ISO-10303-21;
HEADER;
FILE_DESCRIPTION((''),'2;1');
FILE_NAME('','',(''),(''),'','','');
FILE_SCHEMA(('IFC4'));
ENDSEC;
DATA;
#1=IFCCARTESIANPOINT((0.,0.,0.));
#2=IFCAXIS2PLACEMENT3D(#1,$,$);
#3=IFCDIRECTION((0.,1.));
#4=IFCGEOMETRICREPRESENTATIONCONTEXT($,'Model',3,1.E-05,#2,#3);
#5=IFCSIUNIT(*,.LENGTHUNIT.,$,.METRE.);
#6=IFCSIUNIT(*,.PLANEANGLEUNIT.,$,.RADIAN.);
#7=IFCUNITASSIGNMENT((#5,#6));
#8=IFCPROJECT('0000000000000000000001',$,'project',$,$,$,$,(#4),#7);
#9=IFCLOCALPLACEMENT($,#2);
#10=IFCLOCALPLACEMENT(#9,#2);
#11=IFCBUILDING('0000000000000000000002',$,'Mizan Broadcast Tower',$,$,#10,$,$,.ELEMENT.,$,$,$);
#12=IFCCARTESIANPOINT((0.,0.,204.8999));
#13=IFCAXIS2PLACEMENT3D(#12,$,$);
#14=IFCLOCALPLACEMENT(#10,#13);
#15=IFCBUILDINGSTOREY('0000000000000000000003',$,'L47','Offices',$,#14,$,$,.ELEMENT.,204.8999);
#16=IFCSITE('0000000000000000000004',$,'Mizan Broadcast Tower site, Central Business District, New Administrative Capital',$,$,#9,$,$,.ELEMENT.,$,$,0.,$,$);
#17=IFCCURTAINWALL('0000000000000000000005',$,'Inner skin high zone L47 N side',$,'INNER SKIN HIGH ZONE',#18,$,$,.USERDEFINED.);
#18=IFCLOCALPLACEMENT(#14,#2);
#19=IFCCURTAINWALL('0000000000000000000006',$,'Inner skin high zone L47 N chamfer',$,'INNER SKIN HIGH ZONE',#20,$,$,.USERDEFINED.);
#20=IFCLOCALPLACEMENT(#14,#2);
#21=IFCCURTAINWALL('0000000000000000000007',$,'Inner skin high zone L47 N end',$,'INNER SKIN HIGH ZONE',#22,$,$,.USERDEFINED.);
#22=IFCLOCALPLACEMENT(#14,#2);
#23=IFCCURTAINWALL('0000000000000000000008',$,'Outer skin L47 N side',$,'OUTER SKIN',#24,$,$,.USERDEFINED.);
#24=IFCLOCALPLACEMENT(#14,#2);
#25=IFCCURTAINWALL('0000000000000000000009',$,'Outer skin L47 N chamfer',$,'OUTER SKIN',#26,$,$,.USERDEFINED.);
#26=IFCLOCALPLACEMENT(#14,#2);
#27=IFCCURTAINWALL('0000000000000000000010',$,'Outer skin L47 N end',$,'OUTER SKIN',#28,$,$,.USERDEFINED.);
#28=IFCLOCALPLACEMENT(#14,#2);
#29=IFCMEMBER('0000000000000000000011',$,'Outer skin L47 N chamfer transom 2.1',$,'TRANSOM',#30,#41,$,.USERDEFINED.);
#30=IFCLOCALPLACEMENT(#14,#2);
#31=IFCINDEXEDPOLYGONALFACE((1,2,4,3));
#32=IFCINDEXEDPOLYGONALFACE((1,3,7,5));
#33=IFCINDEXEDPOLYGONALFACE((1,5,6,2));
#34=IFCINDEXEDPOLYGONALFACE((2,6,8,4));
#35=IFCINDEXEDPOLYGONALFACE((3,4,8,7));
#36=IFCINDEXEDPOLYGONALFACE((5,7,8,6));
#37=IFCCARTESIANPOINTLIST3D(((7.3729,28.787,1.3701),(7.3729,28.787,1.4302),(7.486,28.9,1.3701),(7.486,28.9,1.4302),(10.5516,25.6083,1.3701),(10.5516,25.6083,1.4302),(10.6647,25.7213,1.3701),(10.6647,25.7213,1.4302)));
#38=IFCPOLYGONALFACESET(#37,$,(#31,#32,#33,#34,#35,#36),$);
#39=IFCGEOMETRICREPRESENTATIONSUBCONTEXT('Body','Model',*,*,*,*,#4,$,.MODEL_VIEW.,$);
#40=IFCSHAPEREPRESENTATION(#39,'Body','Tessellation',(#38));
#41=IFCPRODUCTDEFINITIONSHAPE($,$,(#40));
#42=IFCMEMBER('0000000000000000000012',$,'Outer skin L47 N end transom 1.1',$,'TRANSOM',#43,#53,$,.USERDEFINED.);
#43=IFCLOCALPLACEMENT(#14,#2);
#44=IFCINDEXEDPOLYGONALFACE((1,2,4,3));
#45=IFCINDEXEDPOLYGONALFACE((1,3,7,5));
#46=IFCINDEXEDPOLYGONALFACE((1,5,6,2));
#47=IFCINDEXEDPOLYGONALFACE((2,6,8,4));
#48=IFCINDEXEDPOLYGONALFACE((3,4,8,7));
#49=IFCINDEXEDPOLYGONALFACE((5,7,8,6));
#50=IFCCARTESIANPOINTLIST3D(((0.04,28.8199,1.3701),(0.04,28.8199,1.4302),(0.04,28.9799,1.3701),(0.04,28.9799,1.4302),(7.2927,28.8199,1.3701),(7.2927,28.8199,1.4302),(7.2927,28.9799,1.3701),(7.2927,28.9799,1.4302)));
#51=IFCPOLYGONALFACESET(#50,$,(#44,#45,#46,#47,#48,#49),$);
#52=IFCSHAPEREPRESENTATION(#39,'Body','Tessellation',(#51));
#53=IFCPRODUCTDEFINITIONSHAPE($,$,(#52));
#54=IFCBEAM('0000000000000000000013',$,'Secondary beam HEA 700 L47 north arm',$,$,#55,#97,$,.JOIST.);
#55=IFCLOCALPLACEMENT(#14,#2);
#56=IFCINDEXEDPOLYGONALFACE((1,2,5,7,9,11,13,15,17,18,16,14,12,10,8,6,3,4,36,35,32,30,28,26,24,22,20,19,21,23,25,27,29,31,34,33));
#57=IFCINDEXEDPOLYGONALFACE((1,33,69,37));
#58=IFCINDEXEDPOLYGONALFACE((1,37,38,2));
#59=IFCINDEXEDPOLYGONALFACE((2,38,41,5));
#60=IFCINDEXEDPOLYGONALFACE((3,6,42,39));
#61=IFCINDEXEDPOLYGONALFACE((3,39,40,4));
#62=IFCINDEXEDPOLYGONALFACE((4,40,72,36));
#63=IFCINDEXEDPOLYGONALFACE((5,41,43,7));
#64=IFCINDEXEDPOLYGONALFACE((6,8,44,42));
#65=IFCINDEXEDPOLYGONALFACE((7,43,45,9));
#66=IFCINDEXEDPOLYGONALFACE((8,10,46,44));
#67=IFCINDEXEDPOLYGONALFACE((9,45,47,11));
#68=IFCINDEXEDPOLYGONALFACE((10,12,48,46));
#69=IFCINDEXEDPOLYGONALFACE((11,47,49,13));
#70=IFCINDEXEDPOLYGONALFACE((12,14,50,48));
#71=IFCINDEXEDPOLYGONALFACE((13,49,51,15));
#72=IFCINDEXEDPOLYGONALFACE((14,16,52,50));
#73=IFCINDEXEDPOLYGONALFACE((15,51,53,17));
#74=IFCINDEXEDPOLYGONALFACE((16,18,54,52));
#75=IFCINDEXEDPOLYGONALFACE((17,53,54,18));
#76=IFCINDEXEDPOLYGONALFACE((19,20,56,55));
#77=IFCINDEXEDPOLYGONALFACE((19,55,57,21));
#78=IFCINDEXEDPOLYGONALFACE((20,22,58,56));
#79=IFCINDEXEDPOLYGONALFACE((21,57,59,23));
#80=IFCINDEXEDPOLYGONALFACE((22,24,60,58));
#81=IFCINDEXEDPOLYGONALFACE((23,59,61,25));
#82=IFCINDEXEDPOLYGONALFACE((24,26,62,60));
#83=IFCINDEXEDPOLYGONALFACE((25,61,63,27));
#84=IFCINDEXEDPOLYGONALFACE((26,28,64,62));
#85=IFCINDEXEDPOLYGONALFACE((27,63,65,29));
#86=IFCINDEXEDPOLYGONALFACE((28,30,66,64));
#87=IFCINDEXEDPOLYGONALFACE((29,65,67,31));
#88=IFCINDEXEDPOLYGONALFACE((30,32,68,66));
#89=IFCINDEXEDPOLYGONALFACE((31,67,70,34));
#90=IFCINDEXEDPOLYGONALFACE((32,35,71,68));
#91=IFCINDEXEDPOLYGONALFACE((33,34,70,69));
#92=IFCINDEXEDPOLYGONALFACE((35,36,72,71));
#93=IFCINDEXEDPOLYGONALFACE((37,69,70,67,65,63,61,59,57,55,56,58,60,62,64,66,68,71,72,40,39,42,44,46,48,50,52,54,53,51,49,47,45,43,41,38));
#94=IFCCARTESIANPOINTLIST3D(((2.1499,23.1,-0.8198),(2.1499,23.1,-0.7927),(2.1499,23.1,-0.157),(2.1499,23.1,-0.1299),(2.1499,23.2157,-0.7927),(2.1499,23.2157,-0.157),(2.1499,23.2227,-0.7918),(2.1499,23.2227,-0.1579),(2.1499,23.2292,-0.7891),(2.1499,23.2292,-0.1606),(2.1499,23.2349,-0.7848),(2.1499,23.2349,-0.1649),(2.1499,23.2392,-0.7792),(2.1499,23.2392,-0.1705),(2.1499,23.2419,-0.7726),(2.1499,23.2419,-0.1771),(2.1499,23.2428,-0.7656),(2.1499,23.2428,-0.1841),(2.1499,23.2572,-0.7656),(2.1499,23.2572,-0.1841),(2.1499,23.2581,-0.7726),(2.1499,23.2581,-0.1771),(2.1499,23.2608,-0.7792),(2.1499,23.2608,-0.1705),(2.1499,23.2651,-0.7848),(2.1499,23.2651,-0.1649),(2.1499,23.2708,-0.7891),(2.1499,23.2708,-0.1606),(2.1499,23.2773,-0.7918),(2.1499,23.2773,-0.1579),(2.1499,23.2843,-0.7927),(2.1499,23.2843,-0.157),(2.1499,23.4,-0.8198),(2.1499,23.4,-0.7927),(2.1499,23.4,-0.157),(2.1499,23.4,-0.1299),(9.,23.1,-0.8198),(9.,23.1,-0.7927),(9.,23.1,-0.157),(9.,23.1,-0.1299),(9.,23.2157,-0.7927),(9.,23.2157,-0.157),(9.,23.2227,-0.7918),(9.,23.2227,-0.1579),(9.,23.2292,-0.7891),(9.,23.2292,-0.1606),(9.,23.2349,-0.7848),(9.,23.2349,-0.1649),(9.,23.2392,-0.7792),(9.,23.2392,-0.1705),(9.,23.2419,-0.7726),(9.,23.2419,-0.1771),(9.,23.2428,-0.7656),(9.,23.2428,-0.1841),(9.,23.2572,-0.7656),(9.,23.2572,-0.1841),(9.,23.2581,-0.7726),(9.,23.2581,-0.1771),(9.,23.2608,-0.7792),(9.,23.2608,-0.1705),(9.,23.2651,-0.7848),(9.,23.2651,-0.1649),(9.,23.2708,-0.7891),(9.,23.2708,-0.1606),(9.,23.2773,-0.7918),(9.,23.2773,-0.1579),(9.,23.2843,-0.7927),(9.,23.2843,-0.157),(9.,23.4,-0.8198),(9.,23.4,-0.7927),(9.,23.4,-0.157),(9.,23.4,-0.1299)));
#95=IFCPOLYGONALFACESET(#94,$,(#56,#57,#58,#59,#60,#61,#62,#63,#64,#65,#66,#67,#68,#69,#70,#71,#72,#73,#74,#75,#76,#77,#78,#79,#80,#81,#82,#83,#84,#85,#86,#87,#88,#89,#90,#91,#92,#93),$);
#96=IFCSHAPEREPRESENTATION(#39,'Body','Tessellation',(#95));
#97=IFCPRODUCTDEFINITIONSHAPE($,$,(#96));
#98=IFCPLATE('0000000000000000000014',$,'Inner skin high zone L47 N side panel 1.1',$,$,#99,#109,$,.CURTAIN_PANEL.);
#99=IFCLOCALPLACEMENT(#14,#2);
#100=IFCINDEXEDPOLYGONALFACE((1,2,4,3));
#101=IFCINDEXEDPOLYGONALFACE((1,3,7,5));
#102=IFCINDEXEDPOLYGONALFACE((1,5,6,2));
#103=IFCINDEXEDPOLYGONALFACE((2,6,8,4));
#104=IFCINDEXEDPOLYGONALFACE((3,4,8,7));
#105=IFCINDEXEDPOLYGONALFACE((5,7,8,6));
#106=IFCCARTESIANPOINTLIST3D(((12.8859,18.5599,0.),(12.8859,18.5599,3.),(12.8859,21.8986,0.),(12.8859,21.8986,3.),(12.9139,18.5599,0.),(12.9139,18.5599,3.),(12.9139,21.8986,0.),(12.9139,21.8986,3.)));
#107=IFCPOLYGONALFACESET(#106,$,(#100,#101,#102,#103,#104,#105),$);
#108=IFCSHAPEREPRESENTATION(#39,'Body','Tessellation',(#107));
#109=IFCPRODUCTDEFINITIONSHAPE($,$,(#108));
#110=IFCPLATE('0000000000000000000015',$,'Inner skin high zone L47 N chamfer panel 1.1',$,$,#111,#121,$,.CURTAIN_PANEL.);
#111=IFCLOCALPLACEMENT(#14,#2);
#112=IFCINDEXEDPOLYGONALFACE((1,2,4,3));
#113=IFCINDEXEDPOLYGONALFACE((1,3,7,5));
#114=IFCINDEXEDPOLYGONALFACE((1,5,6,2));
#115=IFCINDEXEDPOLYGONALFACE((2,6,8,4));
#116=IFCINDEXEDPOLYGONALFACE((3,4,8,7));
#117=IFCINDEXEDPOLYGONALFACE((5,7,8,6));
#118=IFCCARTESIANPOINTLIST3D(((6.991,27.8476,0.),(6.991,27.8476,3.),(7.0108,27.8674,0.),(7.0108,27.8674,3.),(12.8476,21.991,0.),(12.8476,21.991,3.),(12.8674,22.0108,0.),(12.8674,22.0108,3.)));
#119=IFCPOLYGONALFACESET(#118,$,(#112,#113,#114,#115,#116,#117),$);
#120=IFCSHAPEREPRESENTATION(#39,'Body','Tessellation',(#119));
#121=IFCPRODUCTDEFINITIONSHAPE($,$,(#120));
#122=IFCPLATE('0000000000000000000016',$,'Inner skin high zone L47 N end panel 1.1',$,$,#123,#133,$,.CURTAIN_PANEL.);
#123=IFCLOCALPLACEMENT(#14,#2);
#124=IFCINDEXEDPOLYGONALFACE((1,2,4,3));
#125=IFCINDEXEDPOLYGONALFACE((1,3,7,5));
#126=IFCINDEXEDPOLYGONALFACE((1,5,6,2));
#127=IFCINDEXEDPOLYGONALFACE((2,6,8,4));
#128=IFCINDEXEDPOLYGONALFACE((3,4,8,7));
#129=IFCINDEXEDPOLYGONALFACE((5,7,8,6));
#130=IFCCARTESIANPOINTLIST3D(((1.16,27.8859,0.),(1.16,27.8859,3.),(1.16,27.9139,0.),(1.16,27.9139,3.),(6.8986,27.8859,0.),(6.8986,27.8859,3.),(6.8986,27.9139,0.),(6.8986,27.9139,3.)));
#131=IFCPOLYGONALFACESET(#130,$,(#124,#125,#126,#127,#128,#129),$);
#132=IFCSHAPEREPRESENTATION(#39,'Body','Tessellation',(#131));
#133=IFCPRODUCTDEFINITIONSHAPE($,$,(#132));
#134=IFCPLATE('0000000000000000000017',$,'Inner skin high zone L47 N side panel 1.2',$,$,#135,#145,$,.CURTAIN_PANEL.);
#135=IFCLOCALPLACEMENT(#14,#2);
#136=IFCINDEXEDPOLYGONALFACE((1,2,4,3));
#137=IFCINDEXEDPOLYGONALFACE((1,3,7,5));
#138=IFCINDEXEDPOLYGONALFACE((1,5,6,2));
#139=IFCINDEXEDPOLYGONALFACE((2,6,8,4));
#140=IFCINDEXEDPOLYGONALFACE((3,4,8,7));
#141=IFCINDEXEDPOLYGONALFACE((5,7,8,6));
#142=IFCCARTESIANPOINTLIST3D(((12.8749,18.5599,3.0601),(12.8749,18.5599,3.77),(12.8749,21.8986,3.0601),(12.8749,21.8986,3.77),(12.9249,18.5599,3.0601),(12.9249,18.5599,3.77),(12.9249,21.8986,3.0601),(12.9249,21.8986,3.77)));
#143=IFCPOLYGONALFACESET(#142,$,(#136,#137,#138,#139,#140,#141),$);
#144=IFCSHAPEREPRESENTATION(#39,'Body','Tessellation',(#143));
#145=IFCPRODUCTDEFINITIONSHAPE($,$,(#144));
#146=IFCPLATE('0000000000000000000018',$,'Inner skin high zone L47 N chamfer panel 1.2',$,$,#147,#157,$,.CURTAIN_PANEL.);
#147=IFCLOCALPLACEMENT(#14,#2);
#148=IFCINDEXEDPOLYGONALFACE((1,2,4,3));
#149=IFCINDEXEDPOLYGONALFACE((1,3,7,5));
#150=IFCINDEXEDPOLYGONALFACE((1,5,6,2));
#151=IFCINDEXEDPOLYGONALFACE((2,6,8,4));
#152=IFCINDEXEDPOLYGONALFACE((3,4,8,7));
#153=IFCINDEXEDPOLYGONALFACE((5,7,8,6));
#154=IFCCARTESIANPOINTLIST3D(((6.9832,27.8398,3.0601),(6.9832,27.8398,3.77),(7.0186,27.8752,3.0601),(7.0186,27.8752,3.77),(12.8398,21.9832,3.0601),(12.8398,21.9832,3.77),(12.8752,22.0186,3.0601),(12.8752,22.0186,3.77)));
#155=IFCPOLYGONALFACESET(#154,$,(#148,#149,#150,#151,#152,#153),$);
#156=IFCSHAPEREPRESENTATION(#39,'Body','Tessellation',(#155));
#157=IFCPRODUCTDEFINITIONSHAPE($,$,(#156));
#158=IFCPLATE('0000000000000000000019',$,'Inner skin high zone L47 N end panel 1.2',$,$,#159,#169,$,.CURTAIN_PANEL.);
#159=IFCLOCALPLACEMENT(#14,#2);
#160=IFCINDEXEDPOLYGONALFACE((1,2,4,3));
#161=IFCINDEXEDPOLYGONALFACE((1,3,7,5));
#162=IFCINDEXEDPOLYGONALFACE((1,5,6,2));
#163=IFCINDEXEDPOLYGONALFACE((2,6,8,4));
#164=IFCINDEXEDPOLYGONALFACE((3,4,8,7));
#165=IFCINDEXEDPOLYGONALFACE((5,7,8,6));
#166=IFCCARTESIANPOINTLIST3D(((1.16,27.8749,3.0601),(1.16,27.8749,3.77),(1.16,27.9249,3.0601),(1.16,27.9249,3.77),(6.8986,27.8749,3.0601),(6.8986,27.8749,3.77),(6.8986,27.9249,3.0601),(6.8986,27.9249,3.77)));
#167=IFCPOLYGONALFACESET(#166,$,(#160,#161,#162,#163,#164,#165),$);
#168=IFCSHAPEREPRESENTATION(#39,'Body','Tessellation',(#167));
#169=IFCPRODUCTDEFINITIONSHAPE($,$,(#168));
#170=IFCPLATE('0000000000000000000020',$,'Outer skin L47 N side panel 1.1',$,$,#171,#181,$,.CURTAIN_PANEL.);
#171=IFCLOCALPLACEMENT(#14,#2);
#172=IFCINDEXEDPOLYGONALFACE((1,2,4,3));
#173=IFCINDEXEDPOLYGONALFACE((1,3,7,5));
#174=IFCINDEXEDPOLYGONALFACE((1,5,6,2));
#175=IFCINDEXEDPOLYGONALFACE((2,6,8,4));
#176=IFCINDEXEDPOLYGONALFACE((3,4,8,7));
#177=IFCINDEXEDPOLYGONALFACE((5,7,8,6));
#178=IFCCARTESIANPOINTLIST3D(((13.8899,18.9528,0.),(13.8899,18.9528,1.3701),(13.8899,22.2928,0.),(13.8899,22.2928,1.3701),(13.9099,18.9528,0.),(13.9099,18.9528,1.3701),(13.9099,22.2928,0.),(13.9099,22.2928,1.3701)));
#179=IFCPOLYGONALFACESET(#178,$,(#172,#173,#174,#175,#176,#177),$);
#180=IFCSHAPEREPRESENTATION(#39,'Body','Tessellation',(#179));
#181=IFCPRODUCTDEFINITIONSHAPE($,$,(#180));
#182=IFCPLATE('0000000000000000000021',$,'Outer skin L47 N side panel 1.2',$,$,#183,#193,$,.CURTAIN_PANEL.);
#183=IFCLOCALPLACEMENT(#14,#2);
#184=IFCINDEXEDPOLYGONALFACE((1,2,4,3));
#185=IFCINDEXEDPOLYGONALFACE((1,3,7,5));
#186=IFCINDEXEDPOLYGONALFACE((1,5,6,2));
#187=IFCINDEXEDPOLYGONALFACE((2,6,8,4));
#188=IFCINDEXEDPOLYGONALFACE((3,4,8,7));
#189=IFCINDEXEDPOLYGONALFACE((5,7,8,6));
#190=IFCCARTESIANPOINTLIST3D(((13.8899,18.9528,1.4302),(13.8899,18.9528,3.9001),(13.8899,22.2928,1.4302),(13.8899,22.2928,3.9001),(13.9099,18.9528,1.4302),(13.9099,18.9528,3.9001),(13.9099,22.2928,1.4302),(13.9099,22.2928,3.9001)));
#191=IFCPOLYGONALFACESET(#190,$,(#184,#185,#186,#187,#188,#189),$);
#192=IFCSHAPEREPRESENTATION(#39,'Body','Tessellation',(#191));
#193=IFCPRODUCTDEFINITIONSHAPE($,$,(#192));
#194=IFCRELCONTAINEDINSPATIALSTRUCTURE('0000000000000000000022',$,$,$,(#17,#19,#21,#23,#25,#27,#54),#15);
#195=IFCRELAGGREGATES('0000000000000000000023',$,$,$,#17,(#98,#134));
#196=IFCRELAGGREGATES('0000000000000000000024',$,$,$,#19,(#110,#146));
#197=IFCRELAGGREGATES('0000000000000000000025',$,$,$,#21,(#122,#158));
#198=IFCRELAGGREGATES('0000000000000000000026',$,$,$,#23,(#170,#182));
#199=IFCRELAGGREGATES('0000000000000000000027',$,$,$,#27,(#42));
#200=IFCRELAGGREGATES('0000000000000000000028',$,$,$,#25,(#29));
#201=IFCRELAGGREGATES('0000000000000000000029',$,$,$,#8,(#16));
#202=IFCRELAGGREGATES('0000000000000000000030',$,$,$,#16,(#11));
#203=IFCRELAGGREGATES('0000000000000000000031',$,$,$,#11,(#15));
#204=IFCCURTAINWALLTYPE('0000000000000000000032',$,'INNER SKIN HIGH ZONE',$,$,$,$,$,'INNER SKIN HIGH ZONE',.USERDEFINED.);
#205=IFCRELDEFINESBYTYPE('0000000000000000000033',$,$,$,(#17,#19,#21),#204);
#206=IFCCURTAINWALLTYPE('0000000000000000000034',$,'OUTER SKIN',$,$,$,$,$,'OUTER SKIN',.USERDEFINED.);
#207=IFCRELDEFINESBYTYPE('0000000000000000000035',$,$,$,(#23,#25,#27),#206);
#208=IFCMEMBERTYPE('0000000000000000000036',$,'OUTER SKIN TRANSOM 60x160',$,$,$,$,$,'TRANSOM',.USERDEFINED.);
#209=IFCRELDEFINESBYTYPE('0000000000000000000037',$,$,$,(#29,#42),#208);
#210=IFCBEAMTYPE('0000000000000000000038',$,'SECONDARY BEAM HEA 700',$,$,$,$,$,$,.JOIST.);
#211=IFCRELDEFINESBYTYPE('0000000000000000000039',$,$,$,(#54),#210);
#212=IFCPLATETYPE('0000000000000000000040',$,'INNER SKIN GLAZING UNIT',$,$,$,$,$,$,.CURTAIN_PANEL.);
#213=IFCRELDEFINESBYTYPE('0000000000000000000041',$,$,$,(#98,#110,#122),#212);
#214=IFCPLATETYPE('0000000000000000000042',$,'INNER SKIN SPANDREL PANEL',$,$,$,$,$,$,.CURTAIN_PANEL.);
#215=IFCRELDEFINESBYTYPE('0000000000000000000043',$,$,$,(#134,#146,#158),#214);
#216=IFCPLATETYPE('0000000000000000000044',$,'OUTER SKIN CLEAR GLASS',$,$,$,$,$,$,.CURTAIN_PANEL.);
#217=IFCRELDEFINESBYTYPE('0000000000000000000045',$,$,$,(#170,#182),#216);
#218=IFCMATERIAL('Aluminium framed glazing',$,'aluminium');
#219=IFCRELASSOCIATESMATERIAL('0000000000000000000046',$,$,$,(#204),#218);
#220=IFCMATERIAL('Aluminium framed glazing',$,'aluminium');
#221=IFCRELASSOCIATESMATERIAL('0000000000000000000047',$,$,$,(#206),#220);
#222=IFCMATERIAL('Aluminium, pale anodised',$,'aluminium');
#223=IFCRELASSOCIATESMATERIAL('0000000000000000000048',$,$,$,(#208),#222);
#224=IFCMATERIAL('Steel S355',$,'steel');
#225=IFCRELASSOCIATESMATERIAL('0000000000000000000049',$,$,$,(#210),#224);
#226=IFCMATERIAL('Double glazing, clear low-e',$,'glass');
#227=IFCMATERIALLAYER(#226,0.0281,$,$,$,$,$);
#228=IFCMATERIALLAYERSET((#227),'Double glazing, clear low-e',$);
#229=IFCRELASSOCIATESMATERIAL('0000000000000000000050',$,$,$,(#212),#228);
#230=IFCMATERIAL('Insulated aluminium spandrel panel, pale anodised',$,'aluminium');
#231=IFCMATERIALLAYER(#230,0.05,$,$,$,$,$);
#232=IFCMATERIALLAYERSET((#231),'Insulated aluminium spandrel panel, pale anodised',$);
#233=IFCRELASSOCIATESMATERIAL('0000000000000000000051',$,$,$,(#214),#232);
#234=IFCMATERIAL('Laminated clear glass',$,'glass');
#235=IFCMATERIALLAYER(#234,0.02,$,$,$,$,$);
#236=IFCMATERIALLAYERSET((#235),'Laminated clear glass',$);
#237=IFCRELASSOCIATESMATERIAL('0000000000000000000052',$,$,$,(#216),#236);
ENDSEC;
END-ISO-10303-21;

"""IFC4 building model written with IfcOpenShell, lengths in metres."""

from ifc_helpers import new_model, si_unit, direction, frame, origin, origin_2d, place, context, subcontext, project, spatial, rectangle, i_section, extrude, material, layer, layer_set, material_profile, profile_set, type_object, element, aggregate, save


model = new_model("IFC4")

# Units and contexts
model_context = context("Model", 3, precision=1e-05, world=origin(), true_north=direction((0.0, 1.0)))
body_context = subcontext(model_context, "Body", "Model", "MODEL_VIEW")
ifc_project = project(units=[si_unit("LENGTHUNIT", "METRE"), si_unit("PLANEANGLEUNIT", "RADIAN")], contexts=[model_context])

# Site, building, storey
site_placement = place(None, origin())
site = spatial("IfcSite", under=ifc_project, at=site_placement, Name="Mizan Broadcast Tower site, Central Business District, New Administrative Capital", CompositionType="ELEMENT", RefElevation=0.0)
building_placement = place(site_placement, origin())
building = spatial("IfcBuilding", under=site, at=building_placement, Name="Mizan Broadcast Tower", CompositionType="ELEMENT")
storey_placement = place(building_placement, frame((0.0, 0.0, 204.8999)))
storey = spatial("IfcBuildingStorey", under=building, at=storey_placement, Name="L47", Description="Offices", CompositionType="ELEMENT", Elevation=204.8999)

# Curtain walls
ifc_material_1 = material(Name="Aluminium framed glazing", Category="aluminium")
curtain_wall_type_1 = type_object("IfcCurtainWallType", Name="INNER SKIN HIGH ZONE", ElementType="INNER SKIN HIGH ZONE", PredefinedType="USERDEFINED", material=ifc_material_1)
curtain_wall_1_placement = place(storey_placement, origin())
curtain_wall_1 = element("IfcCurtainWall", 1, at=curtain_wall_1_placement, inside=storey, type_object=curtain_wall_type_1, Name="Inner skin high zone L47 N side", ObjectType="INNER SKIN HIGH ZONE", PredefinedType="USERDEFINED")
curtain_wall_2_placement = place(storey_placement, origin())
curtain_wall_2 = element("IfcCurtainWall", 2, at=curtain_wall_2_placement, inside=storey, type_object=curtain_wall_type_1, Name="Inner skin high zone L47 N chamfer", ObjectType="INNER SKIN HIGH ZONE", PredefinedType="USERDEFINED")
curtain_wall_3_placement = place(storey_placement, origin())
curtain_wall_3 = element("IfcCurtainWall", 3, at=curtain_wall_3_placement, inside=storey, type_object=curtain_wall_type_1, Name="Inner skin high zone L47 N end", ObjectType="INNER SKIN HIGH ZONE", PredefinedType="USERDEFINED")

# Curtain wall
ifc_material_2 = material(Name="Aluminium framed glazing", Category="aluminium")
curtain_wall_type_2 = type_object("IfcCurtainWallType", Name="OUTER SKIN", ElementType="OUTER SKIN", PredefinedType="USERDEFINED", material=ifc_material_2)
curtain_wall_4_placement = place(storey_placement, origin())
curtain_wall_4 = element("IfcCurtainWall", 4, at=curtain_wall_4_placement, inside=storey, type_object=curtain_wall_type_2, Name="Outer skin L47 N side", ObjectType="OUTER SKIN", PredefinedType="USERDEFINED")

# Curtain wall
curtain_wall_5_placement = place(storey_placement, origin())
curtain_wall_5 = element("IfcCurtainWall", 5, at=curtain_wall_5_placement, inside=storey, type_object=curtain_wall_type_2, Name="Outer skin L47 N chamfer", ObjectType="OUTER SKIN", PredefinedType="USERDEFINED")

# Curtain wall
curtain_wall_6_placement = place(storey_placement, origin())
curtain_wall_6 = element("IfcCurtainWall", 6, at=curtain_wall_6_placement, inside=storey, type_object=curtain_wall_type_2, Name="Outer skin L47 N end", ObjectType="OUTER SKIN", PredefinedType="USERDEFINED")

# Members
ifc_material_3 = material(Name="Aluminium, pale anodised", Category="aluminium")
ifc_material_profile_1 = material_profile(ifc_material_3, rectangle(XDim=0.1599, YDim=0.0601, at=origin_2d()), Name="TRANSOM 160x60")
ifc_profile_set_1 = profile_set([ifc_material_profile_1], Name="Aluminium, pale anodised")
member_type_1 = type_object("IfcMemberType", Name="OUTER SKIN TRANSOM 60x160", ElementType="TRANSOM", PredefinedType="USERDEFINED", material=ifc_profile_set_1)
member_1_placement = place(storey_placement, frame((10.6082, 25.6648, 1.4001), z_axis=(-0.707107, 0.707107, 0.0), x_axis=(-0.707107, -0.707107, 0.0)))
member_1 = element("IfcMember", 7, at=member_1_placement, type_object=member_type_1, Name="Outer skin L47 N chamfer transom 2.1", ObjectType="TRANSOM", PredefinedType="USERDEFINED", context=body_context, shape_type="SweptSolid", body=[
    extrude(rectangle(XDim=0.1599, YDim=0.0601, at=origin_2d()), origin(), (0.0, 0.0, 1.0), 4.4954),
])
member_2_placement = place(storey_placement, frame((7.2927, 28.8999, 1.4001), z_axis=(-1.0, 0.0, 0.0), x_axis=(0.0, -1.0, 0.0)))
member_2 = element("IfcMember", 8, at=member_2_placement, type_object=member_type_1, Name="Outer skin L47 N end transom 1.1", ObjectType="TRANSOM", PredefinedType="USERDEFINED", context=body_context, shape_type="SweptSolid", body=[
    extrude(rectangle(XDim=0.1599, YDim=0.0601, at=origin_2d()), origin(), (0.0, 0.0, 1.0), 7.2527),
])

# Beam
ifc_material_4 = material(Name="Steel S355", Category="steel")
ifc_material_profile_2 = material_profile(ifc_material_4, i_section(OverallWidth=0.3, OverallDepth=0.6899, WebThickness=0.0144, FlangeThickness=0.0271, FilletRadius=0.0271, at=origin_2d()), Name="HEA 700")
ifc_profile_set_2 = profile_set([ifc_material_profile_2], Name="Steel S355")
beam_type_1 = type_object("IfcBeamType", Name="SECONDARY BEAM HEA 700", PredefinedType="JOIST", material=ifc_profile_set_2)
beam_1_placement = place(storey_placement, frame((9.0, 23.25, -0.4749), z_axis=(-1.0, 0.0, 0.0), x_axis=(0.0, -1.0, 0.0)))
element("IfcBeam", 9, at=beam_1_placement, inside=storey, type_object=beam_type_1, Name="Secondary beam HEA 700 L47 north arm", PredefinedType="JOIST", context=body_context, shape_type="SweptSolid", body=[
    extrude(i_section(OverallWidth=0.3, OverallDepth=0.6899, WebThickness=0.0144, FlangeThickness=0.0271, FilletRadius=0.0271, at=origin_2d()), origin(), (0.0, 0.0, 1.0), 6.8501),
])

# Plates
ifc_material_5 = material(Name="Double glazing, clear low-e", Category="glass")
ifc_layer_1 = layer(ifc_material_5, 0.0281)
ifc_layer_set_1 = layer_set([ifc_layer_1], Name="Double glazing, clear low-e")
plate_type_1 = type_object("IfcPlateType", Name="INNER SKIN GLAZING UNIT", PredefinedType="CURTAIN_PANEL", material=ifc_layer_set_1)
plate_1_placement = place(storey_placement, frame((12.8999, 20.2292, 0.0), z_axis=(0.0, 0.0, 1.0), x_axis=(0.0, 1.0, 0.0)))
plate_1 = element("IfcPlate", 10, at=plate_1_placement, type_object=plate_type_1, Name="Inner skin high zone L47 N side panel 1.1", PredefinedType="CURTAIN_PANEL", context=body_context, shape_type="SweptSolid", body=[
    extrude(rectangle(XDim=3.3386, YDim=0.0281, at=origin_2d()), origin(), (0.0, 0.0, 1.0), 3.0),
])
plate_2_placement = place(storey_placement, frame((9.9292, 24.9292, 0.0), z_axis=(0.0, 0.0, 1.0), x_axis=(-0.707107, 0.707107, 0.0)))
plate_2 = element("IfcPlate", 11, at=plate_2_placement, type_object=plate_type_1, Name="Inner skin high zone L47 N chamfer panel 1.1", PredefinedType="CURTAIN_PANEL", context=body_context, shape_type="SweptSolid", body=[
    extrude(rectangle(XDim=8.2825, YDim=0.0281, at=origin_2d()), origin(), (0.0, 0.0, 1.0), 3.0),
])
plate_3_placement = place(storey_placement, frame((4.0293, 27.8999, 0.0), z_axis=(0.0, 0.0, 1.0), x_axis=(-1.0, 0.0, 0.0)))
plate_3 = element("IfcPlate", 12, at=plate_3_placement, type_object=plate_type_1, Name="Inner skin high zone L47 N end panel 1.1", PredefinedType="CURTAIN_PANEL", context=body_context, shape_type="SweptSolid", body=[
    extrude(rectangle(XDim=5.7385, YDim=0.0281, at=origin_2d()), origin(), (0.0, 0.0, 1.0), 3.0),
])
ifc_material_6 = material(Name="Insulated aluminium spandrel panel, pale anodised", Category="aluminium")
ifc_layer_2 = layer(ifc_material_6, 0.05)
ifc_layer_set_2 = layer_set([ifc_layer_2], Name="Insulated aluminium spandrel panel, pale anodised")
plate_type_2 = type_object("IfcPlateType", Name="INNER SKIN SPANDREL PANEL", PredefinedType="CURTAIN_PANEL", material=ifc_layer_set_2)
plate_4_placement = place(storey_placement, frame((12.8999, 20.2292, 3.0601), z_axis=(0.0, 0.0, 1.0), x_axis=(0.0, 1.0, 0.0)))
plate_4 = element("IfcPlate", 13, at=plate_4_placement, type_object=plate_type_2, Name="Inner skin high zone L47 N side panel 1.2", PredefinedType="CURTAIN_PANEL", context=body_context, shape_type="SweptSolid", body=[
    extrude(rectangle(XDim=3.3386, YDim=0.05, at=origin_2d()), origin(), (0.0, 0.0, 1.0), 0.71),
])
aggregate(curtain_wall_1, [plate_1, plate_4])
plate_5_placement = place(storey_placement, frame((9.9292, 24.9292, 3.0601), z_axis=(0.0, 0.0, 1.0), x_axis=(-0.707107, 0.707107, 0.0)))
plate_5 = element("IfcPlate", 14, at=plate_5_placement, type_object=plate_type_2, Name="Inner skin high zone L47 N chamfer panel 1.2", PredefinedType="CURTAIN_PANEL", context=body_context, shape_type="SweptSolid", body=[
    extrude(rectangle(XDim=8.2825, YDim=0.05, at=origin_2d()), origin(), (0.0, 0.0, 1.0), 0.71),
])
aggregate(curtain_wall_2, [plate_2, plate_5])
plate_6_placement = place(storey_placement, frame((4.0293, 27.8999, 3.0601), z_axis=(0.0, 0.0, 1.0), x_axis=(-1.0, 0.0, 0.0)))
plate_6 = element("IfcPlate", 15, at=plate_6_placement, type_object=plate_type_2, Name="Inner skin high zone L47 N end panel 1.2", PredefinedType="CURTAIN_PANEL", context=body_context, shape_type="SweptSolid", body=[
    extrude(rectangle(XDim=5.7385, YDim=0.05, at=origin_2d()), origin(), (0.0, 0.0, 1.0), 0.71),
])
aggregate(curtain_wall_3, [plate_3, plate_6])
ifc_material_7 = material(Name="Laminated clear glass", Category="glass")
ifc_layer_3 = layer(ifc_material_7, 0.02)
ifc_layer_set_3 = layer_set([ifc_layer_3], Name="Laminated clear glass")
plate_type_3 = type_object("IfcPlateType", Name="OUTER SKIN CLEAR GLASS", PredefinedType="CURTAIN_PANEL", material=ifc_layer_set_3)
plate_7_placement = place(storey_placement, frame((13.8999, 20.6228, 0.0), z_axis=(0.0, 0.0, 1.0), x_axis=(0.0, 1.0, 0.0)))
plate_7 = element("IfcPlate", 16, at=plate_7_placement, type_object=plate_type_3, Name="Outer skin L47 N side panel 1.1", PredefinedType="CURTAIN_PANEL", context=body_context, shape_type="SweptSolid", body=[
    extrude(rectangle(XDim=3.3401, YDim=0.02, at=origin_2d()), origin(), (0.0, 0.0, 1.0), 1.3701),
])
plate_8_placement = place(storey_placement, frame((13.8999, 20.6228, 1.4302), z_axis=(0.0, 0.0, 1.0), x_axis=(0.0, 1.0, 0.0)))
plate_8 = element("IfcPlate", 17, at=plate_8_placement, type_object=plate_type_3, Name="Outer skin L47 N side panel 1.2", PredefinedType="CURTAIN_PANEL", context=body_context, shape_type="SweptSolid", body=[
    extrude(rectangle(XDim=3.3401, YDim=0.02, at=origin_2d()), origin(), (0.0, 0.0, 1.0), 2.47),
])
aggregate(curtain_wall_4, [plate_7, plate_8])
aggregate(curtain_wall_6, [member_2])
aggregate(curtain_wall_5, [member_1])

save(model, "model.ifc")
